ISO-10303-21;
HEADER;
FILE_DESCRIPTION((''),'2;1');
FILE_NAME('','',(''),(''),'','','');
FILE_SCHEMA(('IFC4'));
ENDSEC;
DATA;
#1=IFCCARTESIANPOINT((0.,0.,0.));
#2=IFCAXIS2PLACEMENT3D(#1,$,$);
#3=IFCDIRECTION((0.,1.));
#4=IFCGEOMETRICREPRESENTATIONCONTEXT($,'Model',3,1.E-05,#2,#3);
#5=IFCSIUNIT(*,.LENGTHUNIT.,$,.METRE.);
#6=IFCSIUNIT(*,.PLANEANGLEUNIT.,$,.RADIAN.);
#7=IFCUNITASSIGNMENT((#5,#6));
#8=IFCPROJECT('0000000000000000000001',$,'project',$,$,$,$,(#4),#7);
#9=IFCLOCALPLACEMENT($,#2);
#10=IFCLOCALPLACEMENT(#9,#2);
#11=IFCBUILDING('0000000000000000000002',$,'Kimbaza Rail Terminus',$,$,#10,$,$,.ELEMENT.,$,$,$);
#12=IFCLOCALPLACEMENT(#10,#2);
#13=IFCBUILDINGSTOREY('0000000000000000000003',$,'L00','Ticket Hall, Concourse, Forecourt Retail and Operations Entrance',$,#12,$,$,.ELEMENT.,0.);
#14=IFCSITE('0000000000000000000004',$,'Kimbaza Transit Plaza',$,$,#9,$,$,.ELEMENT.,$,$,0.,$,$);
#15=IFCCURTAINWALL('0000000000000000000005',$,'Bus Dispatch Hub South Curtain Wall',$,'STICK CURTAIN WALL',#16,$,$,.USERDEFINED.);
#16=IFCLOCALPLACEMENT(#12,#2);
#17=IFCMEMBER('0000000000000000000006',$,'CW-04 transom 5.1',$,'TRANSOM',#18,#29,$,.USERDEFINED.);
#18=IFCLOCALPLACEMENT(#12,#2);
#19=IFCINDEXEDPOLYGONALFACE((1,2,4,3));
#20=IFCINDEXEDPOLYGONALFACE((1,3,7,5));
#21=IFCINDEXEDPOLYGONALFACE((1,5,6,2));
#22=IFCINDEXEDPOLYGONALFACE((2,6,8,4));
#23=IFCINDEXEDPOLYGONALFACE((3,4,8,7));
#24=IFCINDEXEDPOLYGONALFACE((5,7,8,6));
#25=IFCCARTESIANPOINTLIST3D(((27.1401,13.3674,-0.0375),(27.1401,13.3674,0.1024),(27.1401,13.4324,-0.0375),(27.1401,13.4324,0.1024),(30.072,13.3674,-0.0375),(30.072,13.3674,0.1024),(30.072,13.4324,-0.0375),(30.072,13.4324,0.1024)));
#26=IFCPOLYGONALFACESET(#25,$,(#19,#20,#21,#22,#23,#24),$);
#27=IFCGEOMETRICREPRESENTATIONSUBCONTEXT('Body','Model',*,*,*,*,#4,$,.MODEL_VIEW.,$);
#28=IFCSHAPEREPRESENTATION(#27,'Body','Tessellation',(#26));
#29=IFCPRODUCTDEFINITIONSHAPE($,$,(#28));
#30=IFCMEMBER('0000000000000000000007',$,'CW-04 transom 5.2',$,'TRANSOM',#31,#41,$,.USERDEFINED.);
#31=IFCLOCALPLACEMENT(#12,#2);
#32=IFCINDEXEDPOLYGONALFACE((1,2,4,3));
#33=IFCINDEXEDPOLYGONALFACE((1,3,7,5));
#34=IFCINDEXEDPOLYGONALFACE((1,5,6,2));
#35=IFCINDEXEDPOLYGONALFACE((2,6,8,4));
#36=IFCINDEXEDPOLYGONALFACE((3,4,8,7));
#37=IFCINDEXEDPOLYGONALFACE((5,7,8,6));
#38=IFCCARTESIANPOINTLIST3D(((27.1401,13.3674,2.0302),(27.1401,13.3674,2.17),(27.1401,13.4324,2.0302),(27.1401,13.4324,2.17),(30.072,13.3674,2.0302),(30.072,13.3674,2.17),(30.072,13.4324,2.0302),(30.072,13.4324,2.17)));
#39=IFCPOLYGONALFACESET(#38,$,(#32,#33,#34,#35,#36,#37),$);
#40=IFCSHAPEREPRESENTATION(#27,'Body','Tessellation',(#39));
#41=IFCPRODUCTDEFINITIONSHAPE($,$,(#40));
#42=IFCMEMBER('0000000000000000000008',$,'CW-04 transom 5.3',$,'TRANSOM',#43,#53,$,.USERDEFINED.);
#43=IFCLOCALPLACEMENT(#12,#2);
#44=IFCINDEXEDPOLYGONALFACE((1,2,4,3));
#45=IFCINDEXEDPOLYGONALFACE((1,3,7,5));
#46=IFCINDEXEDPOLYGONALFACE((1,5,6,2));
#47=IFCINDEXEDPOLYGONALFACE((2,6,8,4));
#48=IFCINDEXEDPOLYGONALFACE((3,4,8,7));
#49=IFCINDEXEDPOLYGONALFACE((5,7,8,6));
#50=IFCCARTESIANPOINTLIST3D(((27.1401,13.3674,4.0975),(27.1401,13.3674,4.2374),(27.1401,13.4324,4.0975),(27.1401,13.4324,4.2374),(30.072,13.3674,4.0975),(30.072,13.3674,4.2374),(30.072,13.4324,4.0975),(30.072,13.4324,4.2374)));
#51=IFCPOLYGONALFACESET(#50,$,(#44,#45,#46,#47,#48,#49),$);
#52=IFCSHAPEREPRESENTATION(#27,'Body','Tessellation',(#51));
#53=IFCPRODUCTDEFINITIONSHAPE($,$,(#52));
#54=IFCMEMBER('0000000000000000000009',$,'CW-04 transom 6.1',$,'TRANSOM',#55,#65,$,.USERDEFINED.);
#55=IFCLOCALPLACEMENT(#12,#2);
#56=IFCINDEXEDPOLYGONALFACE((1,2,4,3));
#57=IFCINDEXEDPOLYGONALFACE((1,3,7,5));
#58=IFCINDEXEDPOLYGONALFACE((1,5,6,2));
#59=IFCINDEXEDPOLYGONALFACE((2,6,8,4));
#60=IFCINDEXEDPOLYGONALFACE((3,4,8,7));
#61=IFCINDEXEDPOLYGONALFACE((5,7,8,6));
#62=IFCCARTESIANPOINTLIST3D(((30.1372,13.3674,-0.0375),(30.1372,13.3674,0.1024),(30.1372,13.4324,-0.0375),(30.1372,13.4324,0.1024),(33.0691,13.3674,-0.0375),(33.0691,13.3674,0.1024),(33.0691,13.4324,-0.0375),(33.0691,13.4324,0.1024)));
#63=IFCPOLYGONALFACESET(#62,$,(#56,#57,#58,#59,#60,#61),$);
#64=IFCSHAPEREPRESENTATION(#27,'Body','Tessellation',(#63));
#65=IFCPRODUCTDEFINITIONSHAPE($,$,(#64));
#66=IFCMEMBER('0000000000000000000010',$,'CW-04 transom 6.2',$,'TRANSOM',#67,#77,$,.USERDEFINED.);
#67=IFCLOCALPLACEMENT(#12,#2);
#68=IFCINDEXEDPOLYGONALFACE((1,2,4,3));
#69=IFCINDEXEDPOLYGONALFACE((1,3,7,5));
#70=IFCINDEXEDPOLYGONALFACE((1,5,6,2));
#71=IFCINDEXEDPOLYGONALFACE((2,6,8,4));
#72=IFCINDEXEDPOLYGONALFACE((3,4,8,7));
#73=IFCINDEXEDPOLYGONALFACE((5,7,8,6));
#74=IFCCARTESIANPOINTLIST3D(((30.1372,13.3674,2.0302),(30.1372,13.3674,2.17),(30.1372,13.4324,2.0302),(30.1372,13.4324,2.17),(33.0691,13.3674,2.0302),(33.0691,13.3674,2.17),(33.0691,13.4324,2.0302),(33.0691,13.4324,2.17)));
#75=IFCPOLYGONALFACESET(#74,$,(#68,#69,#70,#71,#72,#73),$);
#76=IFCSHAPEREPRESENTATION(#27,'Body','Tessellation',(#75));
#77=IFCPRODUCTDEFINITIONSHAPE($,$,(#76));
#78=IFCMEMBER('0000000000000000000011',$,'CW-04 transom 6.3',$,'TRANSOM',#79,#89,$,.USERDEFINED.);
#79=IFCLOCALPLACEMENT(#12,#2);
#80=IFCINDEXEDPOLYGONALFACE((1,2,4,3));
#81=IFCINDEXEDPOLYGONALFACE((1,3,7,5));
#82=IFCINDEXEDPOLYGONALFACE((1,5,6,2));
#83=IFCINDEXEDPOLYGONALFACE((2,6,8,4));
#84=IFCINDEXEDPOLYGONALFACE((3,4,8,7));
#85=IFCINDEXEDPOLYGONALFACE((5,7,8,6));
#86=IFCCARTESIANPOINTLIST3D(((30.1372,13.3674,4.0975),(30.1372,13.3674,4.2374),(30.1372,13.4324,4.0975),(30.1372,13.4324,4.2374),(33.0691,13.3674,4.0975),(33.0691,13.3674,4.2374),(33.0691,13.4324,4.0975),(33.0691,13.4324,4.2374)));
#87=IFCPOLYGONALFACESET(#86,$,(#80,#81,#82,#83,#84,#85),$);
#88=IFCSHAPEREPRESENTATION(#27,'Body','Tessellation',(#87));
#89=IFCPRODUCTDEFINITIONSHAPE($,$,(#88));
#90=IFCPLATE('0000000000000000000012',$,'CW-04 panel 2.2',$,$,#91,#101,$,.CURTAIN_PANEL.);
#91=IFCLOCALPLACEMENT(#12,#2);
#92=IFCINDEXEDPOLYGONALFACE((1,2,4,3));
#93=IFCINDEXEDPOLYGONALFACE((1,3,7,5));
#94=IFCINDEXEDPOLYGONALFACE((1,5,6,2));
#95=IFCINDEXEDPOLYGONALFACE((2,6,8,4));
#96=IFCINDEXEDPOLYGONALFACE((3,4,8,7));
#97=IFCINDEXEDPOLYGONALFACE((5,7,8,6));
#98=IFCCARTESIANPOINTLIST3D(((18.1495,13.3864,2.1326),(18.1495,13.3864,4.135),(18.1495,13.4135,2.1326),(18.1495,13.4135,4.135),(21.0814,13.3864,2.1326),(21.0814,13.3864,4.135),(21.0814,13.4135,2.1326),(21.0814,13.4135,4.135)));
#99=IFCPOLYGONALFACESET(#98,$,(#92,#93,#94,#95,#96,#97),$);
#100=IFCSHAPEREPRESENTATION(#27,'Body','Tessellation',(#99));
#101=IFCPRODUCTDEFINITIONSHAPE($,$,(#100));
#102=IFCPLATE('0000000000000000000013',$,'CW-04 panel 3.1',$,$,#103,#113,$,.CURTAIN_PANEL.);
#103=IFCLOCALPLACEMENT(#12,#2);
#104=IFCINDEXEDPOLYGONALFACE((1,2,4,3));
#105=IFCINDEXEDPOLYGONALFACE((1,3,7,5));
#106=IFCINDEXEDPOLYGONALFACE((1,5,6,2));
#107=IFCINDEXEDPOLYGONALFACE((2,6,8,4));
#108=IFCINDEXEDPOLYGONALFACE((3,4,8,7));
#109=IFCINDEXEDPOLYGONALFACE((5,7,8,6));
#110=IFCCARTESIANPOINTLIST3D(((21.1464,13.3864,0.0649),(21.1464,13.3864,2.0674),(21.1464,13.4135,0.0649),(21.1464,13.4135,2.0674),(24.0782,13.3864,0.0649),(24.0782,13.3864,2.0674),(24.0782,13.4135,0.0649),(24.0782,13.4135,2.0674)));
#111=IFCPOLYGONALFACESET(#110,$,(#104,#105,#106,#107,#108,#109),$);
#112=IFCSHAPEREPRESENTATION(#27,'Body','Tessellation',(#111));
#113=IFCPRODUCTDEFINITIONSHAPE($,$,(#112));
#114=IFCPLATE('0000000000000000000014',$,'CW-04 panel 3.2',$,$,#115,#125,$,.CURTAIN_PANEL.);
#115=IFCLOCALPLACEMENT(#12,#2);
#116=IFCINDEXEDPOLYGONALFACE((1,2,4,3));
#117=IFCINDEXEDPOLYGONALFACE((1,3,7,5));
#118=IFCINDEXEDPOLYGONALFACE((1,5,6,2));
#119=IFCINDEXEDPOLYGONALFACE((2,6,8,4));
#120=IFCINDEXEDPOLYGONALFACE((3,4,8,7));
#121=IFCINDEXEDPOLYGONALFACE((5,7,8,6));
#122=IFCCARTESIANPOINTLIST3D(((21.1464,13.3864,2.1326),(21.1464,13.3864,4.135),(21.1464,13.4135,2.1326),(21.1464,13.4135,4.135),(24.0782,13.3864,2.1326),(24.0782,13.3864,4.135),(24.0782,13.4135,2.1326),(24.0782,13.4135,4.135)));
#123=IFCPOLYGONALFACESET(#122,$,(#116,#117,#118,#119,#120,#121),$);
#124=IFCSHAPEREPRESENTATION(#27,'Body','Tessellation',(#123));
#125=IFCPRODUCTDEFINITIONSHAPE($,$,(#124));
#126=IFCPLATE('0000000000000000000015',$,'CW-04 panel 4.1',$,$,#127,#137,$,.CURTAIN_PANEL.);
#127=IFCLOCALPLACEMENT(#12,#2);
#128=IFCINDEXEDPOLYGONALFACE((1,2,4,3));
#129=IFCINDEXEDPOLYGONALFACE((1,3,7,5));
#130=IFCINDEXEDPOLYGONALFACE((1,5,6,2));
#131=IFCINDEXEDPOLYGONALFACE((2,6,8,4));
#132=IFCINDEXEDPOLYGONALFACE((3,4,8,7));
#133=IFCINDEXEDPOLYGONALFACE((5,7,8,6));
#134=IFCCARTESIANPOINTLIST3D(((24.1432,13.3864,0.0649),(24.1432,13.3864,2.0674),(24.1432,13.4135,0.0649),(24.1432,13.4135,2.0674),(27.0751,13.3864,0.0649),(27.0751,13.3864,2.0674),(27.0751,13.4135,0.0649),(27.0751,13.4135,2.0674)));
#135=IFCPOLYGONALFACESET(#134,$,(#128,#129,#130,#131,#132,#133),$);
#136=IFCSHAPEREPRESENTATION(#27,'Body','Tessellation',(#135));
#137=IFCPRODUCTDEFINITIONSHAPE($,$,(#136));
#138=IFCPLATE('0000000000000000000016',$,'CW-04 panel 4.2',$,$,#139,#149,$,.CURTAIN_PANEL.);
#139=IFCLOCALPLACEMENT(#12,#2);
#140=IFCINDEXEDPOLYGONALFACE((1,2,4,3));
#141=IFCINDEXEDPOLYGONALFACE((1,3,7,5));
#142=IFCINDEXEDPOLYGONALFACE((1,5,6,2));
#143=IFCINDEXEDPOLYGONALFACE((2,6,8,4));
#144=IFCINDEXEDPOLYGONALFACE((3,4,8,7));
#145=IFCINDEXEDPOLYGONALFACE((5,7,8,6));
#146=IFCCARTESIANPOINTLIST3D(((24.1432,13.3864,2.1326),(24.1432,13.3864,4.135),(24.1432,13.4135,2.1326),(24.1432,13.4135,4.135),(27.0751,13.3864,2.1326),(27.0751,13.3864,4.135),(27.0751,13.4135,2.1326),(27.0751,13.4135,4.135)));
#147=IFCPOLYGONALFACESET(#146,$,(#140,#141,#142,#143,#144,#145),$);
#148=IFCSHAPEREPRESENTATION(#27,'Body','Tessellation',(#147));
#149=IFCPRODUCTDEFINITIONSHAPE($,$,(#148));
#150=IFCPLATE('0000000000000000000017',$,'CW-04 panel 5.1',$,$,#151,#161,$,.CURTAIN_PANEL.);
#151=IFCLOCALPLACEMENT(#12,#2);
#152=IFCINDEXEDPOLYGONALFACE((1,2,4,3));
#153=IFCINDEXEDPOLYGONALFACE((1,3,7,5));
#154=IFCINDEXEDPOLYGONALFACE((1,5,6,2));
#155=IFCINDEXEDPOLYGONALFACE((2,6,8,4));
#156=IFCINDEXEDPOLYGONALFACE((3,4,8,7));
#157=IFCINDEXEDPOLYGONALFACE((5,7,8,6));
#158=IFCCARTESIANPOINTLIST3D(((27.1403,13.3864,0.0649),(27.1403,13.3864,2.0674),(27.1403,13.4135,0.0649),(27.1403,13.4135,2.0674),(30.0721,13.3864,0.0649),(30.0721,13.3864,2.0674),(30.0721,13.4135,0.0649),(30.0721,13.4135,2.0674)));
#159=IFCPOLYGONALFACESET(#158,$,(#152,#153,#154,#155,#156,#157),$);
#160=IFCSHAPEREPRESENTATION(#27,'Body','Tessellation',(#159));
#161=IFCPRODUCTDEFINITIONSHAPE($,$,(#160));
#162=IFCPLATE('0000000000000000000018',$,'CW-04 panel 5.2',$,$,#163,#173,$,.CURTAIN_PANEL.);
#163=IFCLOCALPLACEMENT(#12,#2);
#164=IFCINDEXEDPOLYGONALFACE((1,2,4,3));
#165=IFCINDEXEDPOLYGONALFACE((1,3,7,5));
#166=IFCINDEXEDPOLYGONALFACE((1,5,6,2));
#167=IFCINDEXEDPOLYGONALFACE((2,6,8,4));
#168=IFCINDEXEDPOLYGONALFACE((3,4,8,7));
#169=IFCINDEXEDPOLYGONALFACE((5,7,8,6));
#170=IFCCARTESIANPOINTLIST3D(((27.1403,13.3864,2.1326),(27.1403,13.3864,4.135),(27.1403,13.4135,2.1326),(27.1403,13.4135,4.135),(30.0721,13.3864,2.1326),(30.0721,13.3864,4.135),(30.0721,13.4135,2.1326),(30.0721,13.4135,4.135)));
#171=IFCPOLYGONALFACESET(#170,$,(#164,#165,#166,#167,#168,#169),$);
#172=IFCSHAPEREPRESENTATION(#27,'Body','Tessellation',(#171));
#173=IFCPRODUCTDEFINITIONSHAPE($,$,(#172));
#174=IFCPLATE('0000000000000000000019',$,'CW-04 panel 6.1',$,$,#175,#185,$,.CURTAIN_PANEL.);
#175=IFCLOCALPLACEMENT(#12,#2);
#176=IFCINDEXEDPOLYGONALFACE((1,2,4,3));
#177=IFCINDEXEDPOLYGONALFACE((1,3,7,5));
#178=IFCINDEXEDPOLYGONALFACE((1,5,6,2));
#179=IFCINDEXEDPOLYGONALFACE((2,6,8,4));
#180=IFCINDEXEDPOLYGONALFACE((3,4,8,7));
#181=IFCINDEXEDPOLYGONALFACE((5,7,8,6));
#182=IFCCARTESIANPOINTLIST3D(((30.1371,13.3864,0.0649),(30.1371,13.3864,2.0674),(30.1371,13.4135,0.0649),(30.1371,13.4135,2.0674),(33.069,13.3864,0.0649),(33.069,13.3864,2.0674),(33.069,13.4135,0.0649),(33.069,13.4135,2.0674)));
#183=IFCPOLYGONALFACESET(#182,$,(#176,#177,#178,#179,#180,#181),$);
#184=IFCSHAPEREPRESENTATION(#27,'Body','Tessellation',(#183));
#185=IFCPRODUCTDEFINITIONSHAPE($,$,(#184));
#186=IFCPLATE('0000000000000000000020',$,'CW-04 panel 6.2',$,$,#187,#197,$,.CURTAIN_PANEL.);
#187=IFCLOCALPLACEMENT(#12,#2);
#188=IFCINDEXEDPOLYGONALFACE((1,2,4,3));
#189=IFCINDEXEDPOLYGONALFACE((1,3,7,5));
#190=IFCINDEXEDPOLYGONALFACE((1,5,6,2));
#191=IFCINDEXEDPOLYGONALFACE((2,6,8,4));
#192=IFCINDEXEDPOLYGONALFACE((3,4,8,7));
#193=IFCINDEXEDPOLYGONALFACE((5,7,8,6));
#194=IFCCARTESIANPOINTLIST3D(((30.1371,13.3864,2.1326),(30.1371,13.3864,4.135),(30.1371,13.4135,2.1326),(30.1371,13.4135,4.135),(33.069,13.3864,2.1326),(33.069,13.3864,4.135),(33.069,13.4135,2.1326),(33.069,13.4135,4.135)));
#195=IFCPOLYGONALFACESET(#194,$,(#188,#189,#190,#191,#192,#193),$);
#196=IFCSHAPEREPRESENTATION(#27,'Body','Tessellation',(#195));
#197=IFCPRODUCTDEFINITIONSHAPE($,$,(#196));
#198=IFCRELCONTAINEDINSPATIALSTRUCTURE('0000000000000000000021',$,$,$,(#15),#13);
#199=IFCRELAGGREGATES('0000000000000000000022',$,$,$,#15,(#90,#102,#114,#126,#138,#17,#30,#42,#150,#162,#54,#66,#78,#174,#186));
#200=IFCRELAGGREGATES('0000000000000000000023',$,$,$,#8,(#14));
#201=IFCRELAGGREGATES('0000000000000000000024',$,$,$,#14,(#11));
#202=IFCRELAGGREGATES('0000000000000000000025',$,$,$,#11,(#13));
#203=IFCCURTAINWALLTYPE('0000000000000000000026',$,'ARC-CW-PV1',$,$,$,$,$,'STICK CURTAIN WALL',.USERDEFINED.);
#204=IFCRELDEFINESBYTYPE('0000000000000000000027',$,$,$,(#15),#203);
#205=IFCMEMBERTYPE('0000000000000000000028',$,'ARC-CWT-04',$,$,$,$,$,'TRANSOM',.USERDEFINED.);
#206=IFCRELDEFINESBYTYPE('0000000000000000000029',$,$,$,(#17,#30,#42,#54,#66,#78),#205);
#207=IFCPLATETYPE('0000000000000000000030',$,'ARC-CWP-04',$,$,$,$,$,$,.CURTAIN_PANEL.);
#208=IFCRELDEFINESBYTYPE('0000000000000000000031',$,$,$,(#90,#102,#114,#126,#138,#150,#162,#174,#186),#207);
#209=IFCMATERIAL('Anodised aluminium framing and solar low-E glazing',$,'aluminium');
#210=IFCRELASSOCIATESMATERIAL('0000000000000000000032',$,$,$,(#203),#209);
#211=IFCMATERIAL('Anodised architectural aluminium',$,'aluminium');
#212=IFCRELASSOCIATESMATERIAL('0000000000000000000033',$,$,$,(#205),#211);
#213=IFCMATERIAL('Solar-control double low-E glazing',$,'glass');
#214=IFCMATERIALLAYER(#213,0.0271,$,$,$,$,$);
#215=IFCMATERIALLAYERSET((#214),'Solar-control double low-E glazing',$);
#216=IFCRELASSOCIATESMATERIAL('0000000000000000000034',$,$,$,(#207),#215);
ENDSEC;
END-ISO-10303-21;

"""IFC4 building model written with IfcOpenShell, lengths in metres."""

from ifc_helpers import new_model, si_unit, direction, frame, origin, origin_2d, place, context, subcontext, project, spatial, rectangle, extrude, material, layer, layer_set, material_profile, profile_set, type_object, element, aggregate, save


model = new_model("IFC4")

# Units and contexts
model_context = context("Model", 3, precision=1e-05, world=origin(), true_north=direction((0.0, 1.0)))
body_context = subcontext(model_context, "Body", "Model", "MODEL_VIEW")
ifc_project = project(units=[si_unit("LENGTHUNIT", "METRE"), si_unit("PLANEANGLEUNIT", "RADIAN")], contexts=[model_context])

# Site, building, storey
site_placement = place(None, origin())
site = spatial("IfcSite", under=ifc_project, at=site_placement, Name="Kimbaza Transit Plaza", CompositionType="ELEMENT", RefElevation=0.0)
building_placement = place(site_placement, origin())
building = spatial("IfcBuilding", under=site, at=building_placement, Name="Kimbaza Rail Terminus", CompositionType="ELEMENT")
storey_placement = place(building_placement, origin())
storey = spatial("IfcBuildingStorey", under=building, at=storey_placement, Name="L00", Description="Ticket Hall, Concourse, Forecourt Retail and Operations Entrance", CompositionType="ELEMENT", Elevation=0.0)

# Curtain wall, members, plates
ifc_material_1 = material(Name="Anodised aluminium framing and solar low-E glazing", Category="aluminium")
curtain_wall_type = type_object("IfcCurtainWallType", Name="ARC-CW-PV1", ElementType="STICK CURTAIN WALL", PredefinedType="USERDEFINED", material=ifc_material_1)
curtain_wall_placement = place(storey_placement, origin())
curtain_wall = element("IfcCurtainWall", 1, at=curtain_wall_placement, inside=storey, type_object=curtain_wall_type, Name="Bus Dispatch Hub South Curtain Wall", ObjectType="STICK CURTAIN WALL", PredefinedType="USERDEFINED")
ifc_material_2 = material(Name="Anodised architectural aluminium", Category="aluminium")
ifc_material_profile_1 = material_profile(ifc_material_2, rectangle(XDim=0.0649, YDim=0.1399, at=origin_2d()), Name="TRANSOM 65x140")
ifc_profile_set_1 = profile_set([ifc_material_profile_1], Name="Anodised architectural aluminium")
member_type_1 = type_object("IfcMemberType", Name="ARC-CWT-04", ElementType="TRANSOM", PredefinedType="USERDEFINED", material=ifc_profile_set_1)
member_1_placement = place(storey_placement, frame((27.1401, 13.3999, 0.0325), z_axis=(1.0, 0.0, 0.0), x_axis=(0.0, 1.0, 0.0)))
member_1 = element("IfcMember", 2, at=member_1_placement, type_object=member_type_1, Name="CW-04 transom 5.1", ObjectType="TRANSOM", PredefinedType="USERDEFINED", context=body_context, shape_type="SweptSolid", body=[
    extrude(rectangle(XDim=0.0649, YDim=0.1399, at=origin_2d()), origin(), (0.0, 0.0, 1.0), 2.9319),
])
member_2_placement = place(storey_placement, frame((27.1401, 13.3999, 2.1001), z_axis=(1.0, 0.0, 0.0), x_axis=(0.0, 1.0, 0.0)))
member_2 = element("IfcMember", 3, at=member_2_placement, type_object=member_type_1, Name="CW-04 transom 5.2", ObjectType="TRANSOM", PredefinedType="USERDEFINED", context=body_context, shape_type="SweptSolid", body=[
    extrude(rectangle(XDim=0.0649, YDim=0.1399, at=origin_2d()), origin(), (0.0, 0.0, 1.0), 2.9319),
])
member_3_placement = place(storey_placement, frame((27.1401, 13.3999, 4.1675), z_axis=(1.0, 0.0, 0.0), x_axis=(0.0, 1.0, 0.0)))
member_3 = element("IfcMember", 4, at=member_3_placement, type_object=member_type_1, Name="CW-04 transom 5.3", ObjectType="TRANSOM", PredefinedType="USERDEFINED", context=body_context, shape_type="SweptSolid", body=[
    extrude(rectangle(XDim=0.0649, YDim=0.1399, at=origin_2d()), origin(), (0.0, 0.0, 1.0), 2.9319),
])
member_4_placement = place(storey_placement, frame((30.1372, 13.3999, 0.0325), z_axis=(1.0, 0.0, 0.0), x_axis=(0.0, 1.0, 0.0)))
member_4 = element("IfcMember", 5, at=member_4_placement, type_object=member_type_1, Name="CW-04 transom 6.1", ObjectType="TRANSOM", PredefinedType="USERDEFINED", context=body_context, shape_type="SweptSolid", body=[
    extrude(rectangle(XDim=0.0649, YDim=0.1399, at=origin_2d()), origin(), (0.0, 0.0, 1.0), 2.9319),
])
member_5_placement = place(storey_placement, frame((30.1372, 13.3999, 2.1001), z_axis=(1.0, 0.0, 0.0), x_axis=(0.0, 1.0, 0.0)))
member_5 = element("IfcMember", 6, at=member_5_placement, type_object=member_type_1, Name="CW-04 transom 6.2", ObjectType="TRANSOM", PredefinedType="USERDEFINED", context=body_context, shape_type="SweptSolid", body=[
    extrude(rectangle(XDim=0.0649, YDim=0.1399, at=origin_2d()), origin(), (0.0, 0.0, 1.0), 2.9319),
])
member_6_placement = place(storey_placement, frame((30.1372, 13.3999, 4.1675), z_axis=(1.0, 0.0, 0.0), x_axis=(0.0, 1.0, 0.0)))
member_6 = element("IfcMember", 7, at=member_6_placement, type_object=member_type_1, Name="CW-04 transom 6.3", ObjectType="TRANSOM", PredefinedType="USERDEFINED", context=body_context, shape_type="SweptSolid", body=[
    extrude(rectangle(XDim=0.0649, YDim=0.1399, at=origin_2d()), origin(), (0.0, 0.0, 1.0), 2.9319),
])
ifc_material_3 = material(Name="Solar-control double low-E glazing", Category="glass")
ifc_layer_1 = layer(ifc_material_3, 0.0271)
ifc_layer_set_1 = layer_set([ifc_layer_1], Name="Solar-control double low-E glazing")
plate_type = type_object("IfcPlateType", Name="ARC-CWP-04", PredefinedType="CURTAIN_PANEL", material=ifc_layer_set_1)
plate_1_placement = place(storey_placement, frame((19.6155, 13.3999, 2.1326), z_axis=(0.0, 0.0, 1.0), x_axis=(1.0, 0.0, 0.0)))
plate_1 = element("IfcPlate", 8, at=plate_1_placement, type_object=plate_type, Name="CW-04 panel 2.2", PredefinedType="CURTAIN_PANEL", context=body_context, shape_type="SweptSolid", body=[
    extrude(rectangle(XDim=2.9319, YDim=0.0271, at=origin_2d()), origin(), (0.0, 0.0, 1.0), 2.0024),
])
plate_2_placement = place(storey_placement, frame((22.6123, 13.3999, 0.0649), z_axis=(0.0, 0.0, 1.0), x_axis=(1.0, 0.0, 0.0)))
plate_2 = element("IfcPlate", 9, at=plate_2_placement, type_object=plate_type, Name="CW-04 panel 3.1", PredefinedType="CURTAIN_PANEL", context=body_context, shape_type="SweptSolid", body=[
    extrude(rectangle(XDim=2.9319, YDim=0.0271, at=origin_2d()), origin(), (0.0, 0.0, 1.0), 2.0024),
])
plate_3_placement = place(storey_placement, frame((22.6123, 13.3999, 2.1326), z_axis=(0.0, 0.0, 1.0), x_axis=(1.0, 0.0, 0.0)))
plate_3 = element("IfcPlate", 10, at=plate_3_placement, type_object=plate_type, Name="CW-04 panel 3.2", PredefinedType="CURTAIN_PANEL", context=body_context, shape_type="SweptSolid", body=[
    extrude(rectangle(XDim=2.9319, YDim=0.0271, at=origin_2d()), origin(), (0.0, 0.0, 1.0), 2.0024),
])
plate_4_placement = place(storey_placement, frame((25.6091, 13.3999, 0.0649), z_axis=(0.0, 0.0, 1.0), x_axis=(1.0, 0.0, 0.0)))
plate_4 = element("IfcPlate", 11, at=plate_4_placement, type_object=plate_type, Name="CW-04 panel 4.1", PredefinedType="CURTAIN_PANEL", context=body_context, shape_type="SweptSolid", body=[
    extrude(rectangle(XDim=2.9319, YDim=0.0271, at=origin_2d()), origin(), (0.0, 0.0, 1.0), 2.0024),
])
plate_5_placement = place(storey_placement, frame((25.6091, 13.3999, 2.1326), z_axis=(0.0, 0.0, 1.0), x_axis=(1.0, 0.0, 0.0)))
plate_5 = element("IfcPlate", 12, at=plate_5_placement, type_object=plate_type, Name="CW-04 panel 4.2", PredefinedType="CURTAIN_PANEL", context=body_context, shape_type="SweptSolid", body=[
    extrude(rectangle(XDim=2.9319, YDim=0.0271, at=origin_2d()), origin(), (0.0, 0.0, 1.0), 2.0024),
])
plate_6_placement = place(storey_placement, frame((28.6062, 13.3999, 0.0649), z_axis=(0.0, 0.0, 1.0), x_axis=(1.0, 0.0, 0.0)))
plate_6 = element("IfcPlate", 13, at=plate_6_placement, type_object=plate_type, Name="CW-04 panel 5.1", PredefinedType="CURTAIN_PANEL", context=body_context, shape_type="SweptSolid", body=[
    extrude(rectangle(XDim=2.9319, YDim=0.0271, at=origin_2d()), origin(), (0.0, 0.0, 1.0), 2.0024),
])
plate_7_placement = place(storey_placement, frame((28.6062, 13.3999, 2.1326), z_axis=(0.0, 0.0, 1.0), x_axis=(1.0, 0.0, 0.0)))
plate_7 = element("IfcPlate", 14, at=plate_7_placement, type_object=plate_type, Name="CW-04 panel 5.2", PredefinedType="CURTAIN_PANEL", context=body_context, shape_type="SweptSolid", body=[
    extrude(rectangle(XDim=2.9319, YDim=0.0271, at=origin_2d()), origin(), (0.0, 0.0, 1.0), 2.0024),
])
plate_8_placement = place(storey_placement, frame((31.603, 13.3999, 0.0649), z_axis=(0.0, 0.0, 1.0), x_axis=(1.0, 0.0, 0.0)))
plate_8 = element("IfcPlate", 15, at=plate_8_placement, type_object=plate_type, Name="CW-04 panel 6.1", PredefinedType="CURTAIN_PANEL", context=body_context, shape_type="SweptSolid", body=[
    extrude(rectangle(XDim=2.9319, YDim=0.0271, at=origin_2d()), origin(), (0.0, 0.0, 1.0), 2.0024),
])
plate_9_placement = place(storey_placement, frame((31.603, 13.3999, 2.1326), z_axis=(0.0, 0.0, 1.0), x_axis=(1.0, 0.0, 0.0)))
plate_9 = element("IfcPlate", 16, at=plate_9_placement, type_object=plate_type, Name="CW-04 panel 6.2", PredefinedType="CURTAIN_PANEL", context=body_context, shape_type="SweptSolid", body=[
    extrude(rectangle(XDim=2.9319, YDim=0.0271, at=origin_2d()), origin(), (0.0, 0.0, 1.0), 2.0024),
])
aggregate(curtain_wall, [plate_1, plate_2, plate_3, plate_4, plate_5, member_1, member_2, member_3, plate_6, plate_7, member_4, member_5, member_6, plate_8, plate_9])

save(model, "model.ifc")
